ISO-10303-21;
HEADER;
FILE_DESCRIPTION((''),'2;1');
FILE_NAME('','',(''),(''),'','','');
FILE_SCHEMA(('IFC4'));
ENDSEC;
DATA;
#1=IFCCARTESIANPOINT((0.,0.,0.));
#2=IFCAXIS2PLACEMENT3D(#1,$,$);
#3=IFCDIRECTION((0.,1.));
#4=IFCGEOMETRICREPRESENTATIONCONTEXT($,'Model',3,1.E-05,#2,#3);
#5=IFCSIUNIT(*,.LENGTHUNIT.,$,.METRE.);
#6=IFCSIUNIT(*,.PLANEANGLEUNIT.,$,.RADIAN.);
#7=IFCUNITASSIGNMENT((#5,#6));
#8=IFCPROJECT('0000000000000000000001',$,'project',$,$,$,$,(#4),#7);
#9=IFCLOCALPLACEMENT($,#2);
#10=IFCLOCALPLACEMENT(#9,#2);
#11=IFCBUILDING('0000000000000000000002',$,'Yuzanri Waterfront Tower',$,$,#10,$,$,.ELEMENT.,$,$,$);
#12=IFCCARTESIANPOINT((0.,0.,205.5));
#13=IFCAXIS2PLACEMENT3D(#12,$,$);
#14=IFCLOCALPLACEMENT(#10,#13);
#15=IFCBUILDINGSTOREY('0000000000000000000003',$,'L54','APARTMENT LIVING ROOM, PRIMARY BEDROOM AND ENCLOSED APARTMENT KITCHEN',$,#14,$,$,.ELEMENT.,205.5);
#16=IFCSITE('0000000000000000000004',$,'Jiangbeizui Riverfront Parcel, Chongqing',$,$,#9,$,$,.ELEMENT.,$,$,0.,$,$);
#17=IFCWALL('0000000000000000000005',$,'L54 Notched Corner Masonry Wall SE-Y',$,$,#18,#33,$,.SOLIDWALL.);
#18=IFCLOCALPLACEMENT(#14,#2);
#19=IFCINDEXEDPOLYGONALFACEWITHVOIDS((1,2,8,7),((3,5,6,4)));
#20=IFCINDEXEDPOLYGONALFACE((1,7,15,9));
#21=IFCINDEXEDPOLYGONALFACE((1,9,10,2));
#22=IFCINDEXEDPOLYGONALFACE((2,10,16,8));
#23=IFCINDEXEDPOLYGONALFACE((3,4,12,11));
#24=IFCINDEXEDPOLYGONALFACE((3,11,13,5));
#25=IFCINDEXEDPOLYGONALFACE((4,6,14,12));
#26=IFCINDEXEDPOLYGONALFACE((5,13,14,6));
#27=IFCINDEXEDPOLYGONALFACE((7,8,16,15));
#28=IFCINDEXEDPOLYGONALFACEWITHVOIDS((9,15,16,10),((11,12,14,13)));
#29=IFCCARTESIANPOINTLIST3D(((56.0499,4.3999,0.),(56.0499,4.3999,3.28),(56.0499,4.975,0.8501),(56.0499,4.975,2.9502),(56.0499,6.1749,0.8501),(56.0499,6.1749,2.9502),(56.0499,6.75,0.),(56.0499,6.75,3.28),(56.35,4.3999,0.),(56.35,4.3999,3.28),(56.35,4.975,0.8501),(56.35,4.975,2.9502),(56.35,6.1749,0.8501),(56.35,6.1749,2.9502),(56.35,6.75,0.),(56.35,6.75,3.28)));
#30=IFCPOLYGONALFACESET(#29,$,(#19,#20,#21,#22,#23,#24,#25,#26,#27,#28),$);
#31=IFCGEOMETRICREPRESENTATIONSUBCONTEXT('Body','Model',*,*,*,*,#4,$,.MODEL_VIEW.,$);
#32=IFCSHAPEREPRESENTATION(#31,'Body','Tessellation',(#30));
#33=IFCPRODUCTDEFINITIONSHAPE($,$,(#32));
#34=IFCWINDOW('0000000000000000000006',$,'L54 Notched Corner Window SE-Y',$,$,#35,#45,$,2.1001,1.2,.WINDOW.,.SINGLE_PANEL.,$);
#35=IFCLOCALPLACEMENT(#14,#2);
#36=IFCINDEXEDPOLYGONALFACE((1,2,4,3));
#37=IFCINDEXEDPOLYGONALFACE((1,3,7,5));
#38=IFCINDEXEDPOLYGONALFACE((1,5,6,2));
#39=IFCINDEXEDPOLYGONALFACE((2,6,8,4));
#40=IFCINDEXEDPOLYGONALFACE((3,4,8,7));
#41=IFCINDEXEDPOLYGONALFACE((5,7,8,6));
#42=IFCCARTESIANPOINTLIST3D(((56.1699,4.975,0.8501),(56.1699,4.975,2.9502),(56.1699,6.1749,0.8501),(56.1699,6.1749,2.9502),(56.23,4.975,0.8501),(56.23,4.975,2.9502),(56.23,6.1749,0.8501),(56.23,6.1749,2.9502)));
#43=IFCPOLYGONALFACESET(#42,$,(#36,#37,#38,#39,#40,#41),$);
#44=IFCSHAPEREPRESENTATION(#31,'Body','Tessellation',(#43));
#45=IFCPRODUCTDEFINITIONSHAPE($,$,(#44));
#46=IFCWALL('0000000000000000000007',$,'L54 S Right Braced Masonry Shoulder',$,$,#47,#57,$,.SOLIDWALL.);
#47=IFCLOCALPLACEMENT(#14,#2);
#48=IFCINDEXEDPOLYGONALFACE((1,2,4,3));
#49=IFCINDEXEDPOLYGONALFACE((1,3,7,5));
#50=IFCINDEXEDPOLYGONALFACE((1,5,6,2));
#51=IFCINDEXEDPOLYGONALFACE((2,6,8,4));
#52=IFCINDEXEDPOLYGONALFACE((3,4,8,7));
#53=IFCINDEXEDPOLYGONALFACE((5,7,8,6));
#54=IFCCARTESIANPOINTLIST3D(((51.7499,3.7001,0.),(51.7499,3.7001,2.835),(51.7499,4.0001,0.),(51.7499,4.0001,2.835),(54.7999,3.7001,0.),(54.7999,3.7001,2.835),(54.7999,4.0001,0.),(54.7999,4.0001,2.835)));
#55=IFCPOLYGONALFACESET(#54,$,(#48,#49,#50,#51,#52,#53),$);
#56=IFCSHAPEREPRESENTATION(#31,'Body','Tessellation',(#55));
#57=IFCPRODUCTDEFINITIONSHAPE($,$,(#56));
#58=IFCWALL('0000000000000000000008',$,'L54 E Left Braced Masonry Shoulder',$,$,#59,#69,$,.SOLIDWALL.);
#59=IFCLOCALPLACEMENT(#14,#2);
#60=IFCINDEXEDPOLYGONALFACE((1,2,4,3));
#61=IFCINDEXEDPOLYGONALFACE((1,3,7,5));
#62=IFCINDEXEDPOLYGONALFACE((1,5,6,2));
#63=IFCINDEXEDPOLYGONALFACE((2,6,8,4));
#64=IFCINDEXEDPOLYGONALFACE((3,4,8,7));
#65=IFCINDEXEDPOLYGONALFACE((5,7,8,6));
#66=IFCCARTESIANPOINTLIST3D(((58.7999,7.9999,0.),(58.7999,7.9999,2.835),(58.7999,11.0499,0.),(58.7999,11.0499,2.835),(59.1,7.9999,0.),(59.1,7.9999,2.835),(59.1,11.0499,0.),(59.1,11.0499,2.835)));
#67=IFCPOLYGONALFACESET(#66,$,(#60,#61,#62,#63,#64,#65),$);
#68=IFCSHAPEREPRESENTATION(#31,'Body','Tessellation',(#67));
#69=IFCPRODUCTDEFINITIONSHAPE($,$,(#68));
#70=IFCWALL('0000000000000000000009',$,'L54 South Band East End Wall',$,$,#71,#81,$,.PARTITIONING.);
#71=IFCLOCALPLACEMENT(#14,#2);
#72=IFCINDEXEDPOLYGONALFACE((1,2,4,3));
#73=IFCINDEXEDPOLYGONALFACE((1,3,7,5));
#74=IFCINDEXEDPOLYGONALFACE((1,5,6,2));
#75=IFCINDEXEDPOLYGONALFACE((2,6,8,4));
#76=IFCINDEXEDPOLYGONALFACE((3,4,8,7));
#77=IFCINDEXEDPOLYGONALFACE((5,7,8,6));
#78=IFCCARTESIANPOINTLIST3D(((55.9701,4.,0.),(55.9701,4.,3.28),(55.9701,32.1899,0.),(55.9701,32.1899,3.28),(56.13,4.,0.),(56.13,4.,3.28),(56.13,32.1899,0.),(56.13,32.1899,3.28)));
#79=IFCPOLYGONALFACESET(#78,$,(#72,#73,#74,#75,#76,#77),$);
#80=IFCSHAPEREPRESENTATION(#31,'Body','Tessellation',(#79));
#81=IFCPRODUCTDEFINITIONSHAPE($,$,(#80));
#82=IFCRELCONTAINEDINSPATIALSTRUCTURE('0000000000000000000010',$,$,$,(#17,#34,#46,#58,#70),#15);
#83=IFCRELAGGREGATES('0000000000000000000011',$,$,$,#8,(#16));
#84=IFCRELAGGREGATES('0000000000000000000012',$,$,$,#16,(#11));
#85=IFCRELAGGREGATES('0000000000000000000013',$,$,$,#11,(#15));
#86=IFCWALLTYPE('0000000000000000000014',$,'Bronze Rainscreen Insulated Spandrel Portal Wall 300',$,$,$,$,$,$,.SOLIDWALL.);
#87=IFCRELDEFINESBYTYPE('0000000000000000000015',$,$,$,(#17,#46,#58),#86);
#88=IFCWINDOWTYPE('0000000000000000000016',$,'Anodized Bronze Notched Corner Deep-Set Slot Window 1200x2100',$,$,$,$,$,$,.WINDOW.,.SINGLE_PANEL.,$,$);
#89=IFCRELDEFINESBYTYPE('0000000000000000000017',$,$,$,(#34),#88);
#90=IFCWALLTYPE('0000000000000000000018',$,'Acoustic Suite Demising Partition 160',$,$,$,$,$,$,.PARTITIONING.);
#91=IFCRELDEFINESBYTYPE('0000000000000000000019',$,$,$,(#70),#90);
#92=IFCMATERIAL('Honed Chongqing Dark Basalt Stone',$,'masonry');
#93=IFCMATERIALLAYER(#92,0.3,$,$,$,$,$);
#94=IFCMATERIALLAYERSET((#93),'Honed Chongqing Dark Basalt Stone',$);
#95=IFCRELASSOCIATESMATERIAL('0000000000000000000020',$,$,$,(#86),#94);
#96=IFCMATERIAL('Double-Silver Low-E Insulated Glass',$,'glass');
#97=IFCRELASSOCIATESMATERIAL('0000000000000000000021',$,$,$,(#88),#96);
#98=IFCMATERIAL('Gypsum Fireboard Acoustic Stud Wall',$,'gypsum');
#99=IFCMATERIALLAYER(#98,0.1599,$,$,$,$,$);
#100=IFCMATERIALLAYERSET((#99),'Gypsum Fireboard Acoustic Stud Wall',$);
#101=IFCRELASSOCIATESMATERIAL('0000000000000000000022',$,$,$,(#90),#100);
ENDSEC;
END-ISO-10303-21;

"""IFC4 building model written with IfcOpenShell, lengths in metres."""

from ifc_helpers import new_model, si_unit, direction, frame, frame_2d, origin, place, context, subcontext, project, spatial, rectangle, extrude, source, transform, mapped, material, layer, layer_set, type_object, element, fill, save


model = new_model("IFC4")

# Units and contexts
model_context = context("Model", 3, precision=1e-05, world=origin(), true_north=direction((0.0, 1.0)))
body_context = subcontext(model_context, "Body", "Model", "MODEL_VIEW")
ifc_project = project(units=[si_unit("LENGTHUNIT", "METRE"), si_unit("PLANEANGLEUNIT", "RADIAN")], contexts=[model_context])

# Site, building, storey
site_placement = place(None, origin())
site = spatial("IfcSite", under=ifc_project, at=site_placement, Name="Jiangbeizui Riverfront Parcel, Chongqing", CompositionType="ELEMENT", RefElevation=0.0)
building_placement = place(site_placement, origin())
building = spatial("IfcBuilding", under=site, at=building_placement, Name="Yuzanri Waterfront Tower", CompositionType="ELEMENT")
storey_placement = place(building_placement, frame((0.0, 0.0, 205.5)))
storey = spatial("IfcBuildingStorey", under=building, at=storey_placement, Name="L54", Description="APARTMENT LIVING ROOM, PRIMARY BEDROOM AND ENCLOSED APARTMENT KITCHEN", CompositionType="ELEMENT", Elevation=205.5)

# Wall, opening, window
ifc_material_1 = material(Name="Honed Chongqing Dark Basalt Stone", Category="masonry")
ifc_layer_1 = layer(ifc_material_1, 0.3)
ifc_layer_set_1 = layer_set([ifc_layer_1], Name="Honed Chongqing Dark Basalt Stone")
wall_type_1 = type_object("IfcWallType", Name="Bronze Rainscreen Insulated Spandrel Portal Wall 300", PredefinedType="SOLIDWALL", material=ifc_layer_set_1)
wall_1_placement = place(storey_placement, frame((56.2, 4.3999, 0.0), z_axis=(0.0, 0.0, 1.0), x_axis=(0.0, 1.0, 0.0)))
wall_1 = element("IfcWall", 1, at=wall_1_placement, inside=storey, type_object=wall_type_1, Name="L54 Notched Corner Masonry Wall SE-Y", PredefinedType="SOLIDWALL", context=body_context, shape_type="SweptSolid", body=[
    extrude(rectangle(XDim=2.3501, YDim=0.3, at=frame_2d((1.175, 0.0))), origin(), (0.0, 0.0, 1.0), 3.28),
])
opening_1_placement = place(wall_1_placement, frame((0.575, 0.0, 0.8501)))
opening_1 = element("IfcOpeningElement", 2, at=opening_1_placement, cuts=wall_1, PredefinedType="OPENING", context=body_context, shape_type="SweptSolid", body=[
    extrude(rectangle(XDim=1.2, YDim=2.1001, at=frame_2d((0.6001, 1.05))), frame((0.0, 0.165, 0.0), z_axis=(0.0, -1.0, 0.0), x_axis=(1.0, 0.0, 0.0)), (0.0, 0.0, 1.0), 0.3298),
])
ifc_material_2 = material(Name="Double-Silver Low-E Insulated Glass", Category="glass")
window_type_1 = type_object("IfcWindowType", Name="Anodized Bronze Notched Corner Deep-Set Slot Window 1200x2100", PartitioningType="SINGLE_PANEL", PredefinedType="WINDOW", material=ifc_material_2)
shared_shape_1 = source(origin(), body_context, "Body", "SweptSolid", [
    extrude(rectangle(XDim=1.2, YDim=2.1001, at=frame_2d((0.6001, 1.05))), frame((0.0, 0.03, 0.0), z_axis=(0.0, -1.0, 0.0), x_axis=(1.0, 0.0, 0.0)), (0.0, 0.0, 1.0), 0.0601),
])
window_1_placement = place(opening_1_placement, origin())
window_1 = element("IfcWindow", 3, at=window_1_placement, inside=storey, type_object=window_type_1, Name="L54 Notched Corner Window SE-Y", OverallHeight=2.1001, OverallWidth=1.2, PartitioningType="SINGLE_PANEL", PredefinedType="WINDOW", context=body_context, shape_type="MappedRepresentation", body=[
    mapped(shared_shape_1, transform((0.0, 0.0, 0.0), scale=1.0)),
])
fill(opening_1, window_1)

# Walls
shared_shape_2 = source(origin(), body_context, "Body", "SweptSolid", [
    extrude(rectangle(XDim=3.05, YDim=0.3, at=frame_2d((1.5249, 0.0))), origin(), (0.0, 0.0, 1.0), 2.835),
])
for number, where, z_axis, x_axis, name in (
    (4, (51.75, 3.8501, 0.0), (0.0, 0.0, 1.0), (1.0, 0.0, 0.0), "L54 S Right Braced Masonry Shoulder"),
    (5, (58.95, 8.0, 0.0), (0.0, 0.0, 1.0), (0.0, 1.0, 0.0), "L54 E Left Braced Masonry Shoulder"),
):
    element("IfcWall", number, at=place(storey_placement, frame(where, z_axis=z_axis, x_axis=x_axis)), inside=storey, type_object=wall_type_1, Name=name, PredefinedType="SOLIDWALL", context=body_context, shape_type="MappedRepresentation", body=[
        mapped(shared_shape_2, transform((0.0, 0.0, 0.0), scale=1.0)),
    ])
ifc_material_3 = material(Name="Gypsum Fireboard Acoustic Stud Wall", Category="gypsum")
ifc_layer_2 = layer(ifc_material_3, 0.1599)
ifc_layer_set_2 = layer_set([ifc_layer_2], Name="Gypsum Fireboard Acoustic Stud Wall")
wall_type_2 = type_object("IfcWallType", Name="Acoustic Suite Demising Partition 160", PredefinedType="PARTITIONING", material=ifc_layer_set_2)
shared_shape_3 = source(origin(), body_context, "Body", "SweptSolid", [
    extrude(rectangle(XDim=28.1899, YDim=0.1599, at=frame_2d((14.095, 0.0))), origin(), (0.0, 0.0, 1.0), 3.28),
])
wall_2_placement = place(storey_placement, frame((56.05, 4.0, 0.0), z_axis=(0.0, 0.0, 1.0), x_axis=(0.0, 1.0, 0.0)))
element("IfcWall", 6, at=wall_2_placement, inside=storey, type_object=wall_type_2, Name="L54 South Band East End Wall", PredefinedType="PARTITIONING", context=body_context, shape_type="MappedRepresentation", body=[
    mapped(shared_shape_3, transform((0.0, 0.0, 0.0), scale=1.0)),
])

save(model, "model.ifc")
